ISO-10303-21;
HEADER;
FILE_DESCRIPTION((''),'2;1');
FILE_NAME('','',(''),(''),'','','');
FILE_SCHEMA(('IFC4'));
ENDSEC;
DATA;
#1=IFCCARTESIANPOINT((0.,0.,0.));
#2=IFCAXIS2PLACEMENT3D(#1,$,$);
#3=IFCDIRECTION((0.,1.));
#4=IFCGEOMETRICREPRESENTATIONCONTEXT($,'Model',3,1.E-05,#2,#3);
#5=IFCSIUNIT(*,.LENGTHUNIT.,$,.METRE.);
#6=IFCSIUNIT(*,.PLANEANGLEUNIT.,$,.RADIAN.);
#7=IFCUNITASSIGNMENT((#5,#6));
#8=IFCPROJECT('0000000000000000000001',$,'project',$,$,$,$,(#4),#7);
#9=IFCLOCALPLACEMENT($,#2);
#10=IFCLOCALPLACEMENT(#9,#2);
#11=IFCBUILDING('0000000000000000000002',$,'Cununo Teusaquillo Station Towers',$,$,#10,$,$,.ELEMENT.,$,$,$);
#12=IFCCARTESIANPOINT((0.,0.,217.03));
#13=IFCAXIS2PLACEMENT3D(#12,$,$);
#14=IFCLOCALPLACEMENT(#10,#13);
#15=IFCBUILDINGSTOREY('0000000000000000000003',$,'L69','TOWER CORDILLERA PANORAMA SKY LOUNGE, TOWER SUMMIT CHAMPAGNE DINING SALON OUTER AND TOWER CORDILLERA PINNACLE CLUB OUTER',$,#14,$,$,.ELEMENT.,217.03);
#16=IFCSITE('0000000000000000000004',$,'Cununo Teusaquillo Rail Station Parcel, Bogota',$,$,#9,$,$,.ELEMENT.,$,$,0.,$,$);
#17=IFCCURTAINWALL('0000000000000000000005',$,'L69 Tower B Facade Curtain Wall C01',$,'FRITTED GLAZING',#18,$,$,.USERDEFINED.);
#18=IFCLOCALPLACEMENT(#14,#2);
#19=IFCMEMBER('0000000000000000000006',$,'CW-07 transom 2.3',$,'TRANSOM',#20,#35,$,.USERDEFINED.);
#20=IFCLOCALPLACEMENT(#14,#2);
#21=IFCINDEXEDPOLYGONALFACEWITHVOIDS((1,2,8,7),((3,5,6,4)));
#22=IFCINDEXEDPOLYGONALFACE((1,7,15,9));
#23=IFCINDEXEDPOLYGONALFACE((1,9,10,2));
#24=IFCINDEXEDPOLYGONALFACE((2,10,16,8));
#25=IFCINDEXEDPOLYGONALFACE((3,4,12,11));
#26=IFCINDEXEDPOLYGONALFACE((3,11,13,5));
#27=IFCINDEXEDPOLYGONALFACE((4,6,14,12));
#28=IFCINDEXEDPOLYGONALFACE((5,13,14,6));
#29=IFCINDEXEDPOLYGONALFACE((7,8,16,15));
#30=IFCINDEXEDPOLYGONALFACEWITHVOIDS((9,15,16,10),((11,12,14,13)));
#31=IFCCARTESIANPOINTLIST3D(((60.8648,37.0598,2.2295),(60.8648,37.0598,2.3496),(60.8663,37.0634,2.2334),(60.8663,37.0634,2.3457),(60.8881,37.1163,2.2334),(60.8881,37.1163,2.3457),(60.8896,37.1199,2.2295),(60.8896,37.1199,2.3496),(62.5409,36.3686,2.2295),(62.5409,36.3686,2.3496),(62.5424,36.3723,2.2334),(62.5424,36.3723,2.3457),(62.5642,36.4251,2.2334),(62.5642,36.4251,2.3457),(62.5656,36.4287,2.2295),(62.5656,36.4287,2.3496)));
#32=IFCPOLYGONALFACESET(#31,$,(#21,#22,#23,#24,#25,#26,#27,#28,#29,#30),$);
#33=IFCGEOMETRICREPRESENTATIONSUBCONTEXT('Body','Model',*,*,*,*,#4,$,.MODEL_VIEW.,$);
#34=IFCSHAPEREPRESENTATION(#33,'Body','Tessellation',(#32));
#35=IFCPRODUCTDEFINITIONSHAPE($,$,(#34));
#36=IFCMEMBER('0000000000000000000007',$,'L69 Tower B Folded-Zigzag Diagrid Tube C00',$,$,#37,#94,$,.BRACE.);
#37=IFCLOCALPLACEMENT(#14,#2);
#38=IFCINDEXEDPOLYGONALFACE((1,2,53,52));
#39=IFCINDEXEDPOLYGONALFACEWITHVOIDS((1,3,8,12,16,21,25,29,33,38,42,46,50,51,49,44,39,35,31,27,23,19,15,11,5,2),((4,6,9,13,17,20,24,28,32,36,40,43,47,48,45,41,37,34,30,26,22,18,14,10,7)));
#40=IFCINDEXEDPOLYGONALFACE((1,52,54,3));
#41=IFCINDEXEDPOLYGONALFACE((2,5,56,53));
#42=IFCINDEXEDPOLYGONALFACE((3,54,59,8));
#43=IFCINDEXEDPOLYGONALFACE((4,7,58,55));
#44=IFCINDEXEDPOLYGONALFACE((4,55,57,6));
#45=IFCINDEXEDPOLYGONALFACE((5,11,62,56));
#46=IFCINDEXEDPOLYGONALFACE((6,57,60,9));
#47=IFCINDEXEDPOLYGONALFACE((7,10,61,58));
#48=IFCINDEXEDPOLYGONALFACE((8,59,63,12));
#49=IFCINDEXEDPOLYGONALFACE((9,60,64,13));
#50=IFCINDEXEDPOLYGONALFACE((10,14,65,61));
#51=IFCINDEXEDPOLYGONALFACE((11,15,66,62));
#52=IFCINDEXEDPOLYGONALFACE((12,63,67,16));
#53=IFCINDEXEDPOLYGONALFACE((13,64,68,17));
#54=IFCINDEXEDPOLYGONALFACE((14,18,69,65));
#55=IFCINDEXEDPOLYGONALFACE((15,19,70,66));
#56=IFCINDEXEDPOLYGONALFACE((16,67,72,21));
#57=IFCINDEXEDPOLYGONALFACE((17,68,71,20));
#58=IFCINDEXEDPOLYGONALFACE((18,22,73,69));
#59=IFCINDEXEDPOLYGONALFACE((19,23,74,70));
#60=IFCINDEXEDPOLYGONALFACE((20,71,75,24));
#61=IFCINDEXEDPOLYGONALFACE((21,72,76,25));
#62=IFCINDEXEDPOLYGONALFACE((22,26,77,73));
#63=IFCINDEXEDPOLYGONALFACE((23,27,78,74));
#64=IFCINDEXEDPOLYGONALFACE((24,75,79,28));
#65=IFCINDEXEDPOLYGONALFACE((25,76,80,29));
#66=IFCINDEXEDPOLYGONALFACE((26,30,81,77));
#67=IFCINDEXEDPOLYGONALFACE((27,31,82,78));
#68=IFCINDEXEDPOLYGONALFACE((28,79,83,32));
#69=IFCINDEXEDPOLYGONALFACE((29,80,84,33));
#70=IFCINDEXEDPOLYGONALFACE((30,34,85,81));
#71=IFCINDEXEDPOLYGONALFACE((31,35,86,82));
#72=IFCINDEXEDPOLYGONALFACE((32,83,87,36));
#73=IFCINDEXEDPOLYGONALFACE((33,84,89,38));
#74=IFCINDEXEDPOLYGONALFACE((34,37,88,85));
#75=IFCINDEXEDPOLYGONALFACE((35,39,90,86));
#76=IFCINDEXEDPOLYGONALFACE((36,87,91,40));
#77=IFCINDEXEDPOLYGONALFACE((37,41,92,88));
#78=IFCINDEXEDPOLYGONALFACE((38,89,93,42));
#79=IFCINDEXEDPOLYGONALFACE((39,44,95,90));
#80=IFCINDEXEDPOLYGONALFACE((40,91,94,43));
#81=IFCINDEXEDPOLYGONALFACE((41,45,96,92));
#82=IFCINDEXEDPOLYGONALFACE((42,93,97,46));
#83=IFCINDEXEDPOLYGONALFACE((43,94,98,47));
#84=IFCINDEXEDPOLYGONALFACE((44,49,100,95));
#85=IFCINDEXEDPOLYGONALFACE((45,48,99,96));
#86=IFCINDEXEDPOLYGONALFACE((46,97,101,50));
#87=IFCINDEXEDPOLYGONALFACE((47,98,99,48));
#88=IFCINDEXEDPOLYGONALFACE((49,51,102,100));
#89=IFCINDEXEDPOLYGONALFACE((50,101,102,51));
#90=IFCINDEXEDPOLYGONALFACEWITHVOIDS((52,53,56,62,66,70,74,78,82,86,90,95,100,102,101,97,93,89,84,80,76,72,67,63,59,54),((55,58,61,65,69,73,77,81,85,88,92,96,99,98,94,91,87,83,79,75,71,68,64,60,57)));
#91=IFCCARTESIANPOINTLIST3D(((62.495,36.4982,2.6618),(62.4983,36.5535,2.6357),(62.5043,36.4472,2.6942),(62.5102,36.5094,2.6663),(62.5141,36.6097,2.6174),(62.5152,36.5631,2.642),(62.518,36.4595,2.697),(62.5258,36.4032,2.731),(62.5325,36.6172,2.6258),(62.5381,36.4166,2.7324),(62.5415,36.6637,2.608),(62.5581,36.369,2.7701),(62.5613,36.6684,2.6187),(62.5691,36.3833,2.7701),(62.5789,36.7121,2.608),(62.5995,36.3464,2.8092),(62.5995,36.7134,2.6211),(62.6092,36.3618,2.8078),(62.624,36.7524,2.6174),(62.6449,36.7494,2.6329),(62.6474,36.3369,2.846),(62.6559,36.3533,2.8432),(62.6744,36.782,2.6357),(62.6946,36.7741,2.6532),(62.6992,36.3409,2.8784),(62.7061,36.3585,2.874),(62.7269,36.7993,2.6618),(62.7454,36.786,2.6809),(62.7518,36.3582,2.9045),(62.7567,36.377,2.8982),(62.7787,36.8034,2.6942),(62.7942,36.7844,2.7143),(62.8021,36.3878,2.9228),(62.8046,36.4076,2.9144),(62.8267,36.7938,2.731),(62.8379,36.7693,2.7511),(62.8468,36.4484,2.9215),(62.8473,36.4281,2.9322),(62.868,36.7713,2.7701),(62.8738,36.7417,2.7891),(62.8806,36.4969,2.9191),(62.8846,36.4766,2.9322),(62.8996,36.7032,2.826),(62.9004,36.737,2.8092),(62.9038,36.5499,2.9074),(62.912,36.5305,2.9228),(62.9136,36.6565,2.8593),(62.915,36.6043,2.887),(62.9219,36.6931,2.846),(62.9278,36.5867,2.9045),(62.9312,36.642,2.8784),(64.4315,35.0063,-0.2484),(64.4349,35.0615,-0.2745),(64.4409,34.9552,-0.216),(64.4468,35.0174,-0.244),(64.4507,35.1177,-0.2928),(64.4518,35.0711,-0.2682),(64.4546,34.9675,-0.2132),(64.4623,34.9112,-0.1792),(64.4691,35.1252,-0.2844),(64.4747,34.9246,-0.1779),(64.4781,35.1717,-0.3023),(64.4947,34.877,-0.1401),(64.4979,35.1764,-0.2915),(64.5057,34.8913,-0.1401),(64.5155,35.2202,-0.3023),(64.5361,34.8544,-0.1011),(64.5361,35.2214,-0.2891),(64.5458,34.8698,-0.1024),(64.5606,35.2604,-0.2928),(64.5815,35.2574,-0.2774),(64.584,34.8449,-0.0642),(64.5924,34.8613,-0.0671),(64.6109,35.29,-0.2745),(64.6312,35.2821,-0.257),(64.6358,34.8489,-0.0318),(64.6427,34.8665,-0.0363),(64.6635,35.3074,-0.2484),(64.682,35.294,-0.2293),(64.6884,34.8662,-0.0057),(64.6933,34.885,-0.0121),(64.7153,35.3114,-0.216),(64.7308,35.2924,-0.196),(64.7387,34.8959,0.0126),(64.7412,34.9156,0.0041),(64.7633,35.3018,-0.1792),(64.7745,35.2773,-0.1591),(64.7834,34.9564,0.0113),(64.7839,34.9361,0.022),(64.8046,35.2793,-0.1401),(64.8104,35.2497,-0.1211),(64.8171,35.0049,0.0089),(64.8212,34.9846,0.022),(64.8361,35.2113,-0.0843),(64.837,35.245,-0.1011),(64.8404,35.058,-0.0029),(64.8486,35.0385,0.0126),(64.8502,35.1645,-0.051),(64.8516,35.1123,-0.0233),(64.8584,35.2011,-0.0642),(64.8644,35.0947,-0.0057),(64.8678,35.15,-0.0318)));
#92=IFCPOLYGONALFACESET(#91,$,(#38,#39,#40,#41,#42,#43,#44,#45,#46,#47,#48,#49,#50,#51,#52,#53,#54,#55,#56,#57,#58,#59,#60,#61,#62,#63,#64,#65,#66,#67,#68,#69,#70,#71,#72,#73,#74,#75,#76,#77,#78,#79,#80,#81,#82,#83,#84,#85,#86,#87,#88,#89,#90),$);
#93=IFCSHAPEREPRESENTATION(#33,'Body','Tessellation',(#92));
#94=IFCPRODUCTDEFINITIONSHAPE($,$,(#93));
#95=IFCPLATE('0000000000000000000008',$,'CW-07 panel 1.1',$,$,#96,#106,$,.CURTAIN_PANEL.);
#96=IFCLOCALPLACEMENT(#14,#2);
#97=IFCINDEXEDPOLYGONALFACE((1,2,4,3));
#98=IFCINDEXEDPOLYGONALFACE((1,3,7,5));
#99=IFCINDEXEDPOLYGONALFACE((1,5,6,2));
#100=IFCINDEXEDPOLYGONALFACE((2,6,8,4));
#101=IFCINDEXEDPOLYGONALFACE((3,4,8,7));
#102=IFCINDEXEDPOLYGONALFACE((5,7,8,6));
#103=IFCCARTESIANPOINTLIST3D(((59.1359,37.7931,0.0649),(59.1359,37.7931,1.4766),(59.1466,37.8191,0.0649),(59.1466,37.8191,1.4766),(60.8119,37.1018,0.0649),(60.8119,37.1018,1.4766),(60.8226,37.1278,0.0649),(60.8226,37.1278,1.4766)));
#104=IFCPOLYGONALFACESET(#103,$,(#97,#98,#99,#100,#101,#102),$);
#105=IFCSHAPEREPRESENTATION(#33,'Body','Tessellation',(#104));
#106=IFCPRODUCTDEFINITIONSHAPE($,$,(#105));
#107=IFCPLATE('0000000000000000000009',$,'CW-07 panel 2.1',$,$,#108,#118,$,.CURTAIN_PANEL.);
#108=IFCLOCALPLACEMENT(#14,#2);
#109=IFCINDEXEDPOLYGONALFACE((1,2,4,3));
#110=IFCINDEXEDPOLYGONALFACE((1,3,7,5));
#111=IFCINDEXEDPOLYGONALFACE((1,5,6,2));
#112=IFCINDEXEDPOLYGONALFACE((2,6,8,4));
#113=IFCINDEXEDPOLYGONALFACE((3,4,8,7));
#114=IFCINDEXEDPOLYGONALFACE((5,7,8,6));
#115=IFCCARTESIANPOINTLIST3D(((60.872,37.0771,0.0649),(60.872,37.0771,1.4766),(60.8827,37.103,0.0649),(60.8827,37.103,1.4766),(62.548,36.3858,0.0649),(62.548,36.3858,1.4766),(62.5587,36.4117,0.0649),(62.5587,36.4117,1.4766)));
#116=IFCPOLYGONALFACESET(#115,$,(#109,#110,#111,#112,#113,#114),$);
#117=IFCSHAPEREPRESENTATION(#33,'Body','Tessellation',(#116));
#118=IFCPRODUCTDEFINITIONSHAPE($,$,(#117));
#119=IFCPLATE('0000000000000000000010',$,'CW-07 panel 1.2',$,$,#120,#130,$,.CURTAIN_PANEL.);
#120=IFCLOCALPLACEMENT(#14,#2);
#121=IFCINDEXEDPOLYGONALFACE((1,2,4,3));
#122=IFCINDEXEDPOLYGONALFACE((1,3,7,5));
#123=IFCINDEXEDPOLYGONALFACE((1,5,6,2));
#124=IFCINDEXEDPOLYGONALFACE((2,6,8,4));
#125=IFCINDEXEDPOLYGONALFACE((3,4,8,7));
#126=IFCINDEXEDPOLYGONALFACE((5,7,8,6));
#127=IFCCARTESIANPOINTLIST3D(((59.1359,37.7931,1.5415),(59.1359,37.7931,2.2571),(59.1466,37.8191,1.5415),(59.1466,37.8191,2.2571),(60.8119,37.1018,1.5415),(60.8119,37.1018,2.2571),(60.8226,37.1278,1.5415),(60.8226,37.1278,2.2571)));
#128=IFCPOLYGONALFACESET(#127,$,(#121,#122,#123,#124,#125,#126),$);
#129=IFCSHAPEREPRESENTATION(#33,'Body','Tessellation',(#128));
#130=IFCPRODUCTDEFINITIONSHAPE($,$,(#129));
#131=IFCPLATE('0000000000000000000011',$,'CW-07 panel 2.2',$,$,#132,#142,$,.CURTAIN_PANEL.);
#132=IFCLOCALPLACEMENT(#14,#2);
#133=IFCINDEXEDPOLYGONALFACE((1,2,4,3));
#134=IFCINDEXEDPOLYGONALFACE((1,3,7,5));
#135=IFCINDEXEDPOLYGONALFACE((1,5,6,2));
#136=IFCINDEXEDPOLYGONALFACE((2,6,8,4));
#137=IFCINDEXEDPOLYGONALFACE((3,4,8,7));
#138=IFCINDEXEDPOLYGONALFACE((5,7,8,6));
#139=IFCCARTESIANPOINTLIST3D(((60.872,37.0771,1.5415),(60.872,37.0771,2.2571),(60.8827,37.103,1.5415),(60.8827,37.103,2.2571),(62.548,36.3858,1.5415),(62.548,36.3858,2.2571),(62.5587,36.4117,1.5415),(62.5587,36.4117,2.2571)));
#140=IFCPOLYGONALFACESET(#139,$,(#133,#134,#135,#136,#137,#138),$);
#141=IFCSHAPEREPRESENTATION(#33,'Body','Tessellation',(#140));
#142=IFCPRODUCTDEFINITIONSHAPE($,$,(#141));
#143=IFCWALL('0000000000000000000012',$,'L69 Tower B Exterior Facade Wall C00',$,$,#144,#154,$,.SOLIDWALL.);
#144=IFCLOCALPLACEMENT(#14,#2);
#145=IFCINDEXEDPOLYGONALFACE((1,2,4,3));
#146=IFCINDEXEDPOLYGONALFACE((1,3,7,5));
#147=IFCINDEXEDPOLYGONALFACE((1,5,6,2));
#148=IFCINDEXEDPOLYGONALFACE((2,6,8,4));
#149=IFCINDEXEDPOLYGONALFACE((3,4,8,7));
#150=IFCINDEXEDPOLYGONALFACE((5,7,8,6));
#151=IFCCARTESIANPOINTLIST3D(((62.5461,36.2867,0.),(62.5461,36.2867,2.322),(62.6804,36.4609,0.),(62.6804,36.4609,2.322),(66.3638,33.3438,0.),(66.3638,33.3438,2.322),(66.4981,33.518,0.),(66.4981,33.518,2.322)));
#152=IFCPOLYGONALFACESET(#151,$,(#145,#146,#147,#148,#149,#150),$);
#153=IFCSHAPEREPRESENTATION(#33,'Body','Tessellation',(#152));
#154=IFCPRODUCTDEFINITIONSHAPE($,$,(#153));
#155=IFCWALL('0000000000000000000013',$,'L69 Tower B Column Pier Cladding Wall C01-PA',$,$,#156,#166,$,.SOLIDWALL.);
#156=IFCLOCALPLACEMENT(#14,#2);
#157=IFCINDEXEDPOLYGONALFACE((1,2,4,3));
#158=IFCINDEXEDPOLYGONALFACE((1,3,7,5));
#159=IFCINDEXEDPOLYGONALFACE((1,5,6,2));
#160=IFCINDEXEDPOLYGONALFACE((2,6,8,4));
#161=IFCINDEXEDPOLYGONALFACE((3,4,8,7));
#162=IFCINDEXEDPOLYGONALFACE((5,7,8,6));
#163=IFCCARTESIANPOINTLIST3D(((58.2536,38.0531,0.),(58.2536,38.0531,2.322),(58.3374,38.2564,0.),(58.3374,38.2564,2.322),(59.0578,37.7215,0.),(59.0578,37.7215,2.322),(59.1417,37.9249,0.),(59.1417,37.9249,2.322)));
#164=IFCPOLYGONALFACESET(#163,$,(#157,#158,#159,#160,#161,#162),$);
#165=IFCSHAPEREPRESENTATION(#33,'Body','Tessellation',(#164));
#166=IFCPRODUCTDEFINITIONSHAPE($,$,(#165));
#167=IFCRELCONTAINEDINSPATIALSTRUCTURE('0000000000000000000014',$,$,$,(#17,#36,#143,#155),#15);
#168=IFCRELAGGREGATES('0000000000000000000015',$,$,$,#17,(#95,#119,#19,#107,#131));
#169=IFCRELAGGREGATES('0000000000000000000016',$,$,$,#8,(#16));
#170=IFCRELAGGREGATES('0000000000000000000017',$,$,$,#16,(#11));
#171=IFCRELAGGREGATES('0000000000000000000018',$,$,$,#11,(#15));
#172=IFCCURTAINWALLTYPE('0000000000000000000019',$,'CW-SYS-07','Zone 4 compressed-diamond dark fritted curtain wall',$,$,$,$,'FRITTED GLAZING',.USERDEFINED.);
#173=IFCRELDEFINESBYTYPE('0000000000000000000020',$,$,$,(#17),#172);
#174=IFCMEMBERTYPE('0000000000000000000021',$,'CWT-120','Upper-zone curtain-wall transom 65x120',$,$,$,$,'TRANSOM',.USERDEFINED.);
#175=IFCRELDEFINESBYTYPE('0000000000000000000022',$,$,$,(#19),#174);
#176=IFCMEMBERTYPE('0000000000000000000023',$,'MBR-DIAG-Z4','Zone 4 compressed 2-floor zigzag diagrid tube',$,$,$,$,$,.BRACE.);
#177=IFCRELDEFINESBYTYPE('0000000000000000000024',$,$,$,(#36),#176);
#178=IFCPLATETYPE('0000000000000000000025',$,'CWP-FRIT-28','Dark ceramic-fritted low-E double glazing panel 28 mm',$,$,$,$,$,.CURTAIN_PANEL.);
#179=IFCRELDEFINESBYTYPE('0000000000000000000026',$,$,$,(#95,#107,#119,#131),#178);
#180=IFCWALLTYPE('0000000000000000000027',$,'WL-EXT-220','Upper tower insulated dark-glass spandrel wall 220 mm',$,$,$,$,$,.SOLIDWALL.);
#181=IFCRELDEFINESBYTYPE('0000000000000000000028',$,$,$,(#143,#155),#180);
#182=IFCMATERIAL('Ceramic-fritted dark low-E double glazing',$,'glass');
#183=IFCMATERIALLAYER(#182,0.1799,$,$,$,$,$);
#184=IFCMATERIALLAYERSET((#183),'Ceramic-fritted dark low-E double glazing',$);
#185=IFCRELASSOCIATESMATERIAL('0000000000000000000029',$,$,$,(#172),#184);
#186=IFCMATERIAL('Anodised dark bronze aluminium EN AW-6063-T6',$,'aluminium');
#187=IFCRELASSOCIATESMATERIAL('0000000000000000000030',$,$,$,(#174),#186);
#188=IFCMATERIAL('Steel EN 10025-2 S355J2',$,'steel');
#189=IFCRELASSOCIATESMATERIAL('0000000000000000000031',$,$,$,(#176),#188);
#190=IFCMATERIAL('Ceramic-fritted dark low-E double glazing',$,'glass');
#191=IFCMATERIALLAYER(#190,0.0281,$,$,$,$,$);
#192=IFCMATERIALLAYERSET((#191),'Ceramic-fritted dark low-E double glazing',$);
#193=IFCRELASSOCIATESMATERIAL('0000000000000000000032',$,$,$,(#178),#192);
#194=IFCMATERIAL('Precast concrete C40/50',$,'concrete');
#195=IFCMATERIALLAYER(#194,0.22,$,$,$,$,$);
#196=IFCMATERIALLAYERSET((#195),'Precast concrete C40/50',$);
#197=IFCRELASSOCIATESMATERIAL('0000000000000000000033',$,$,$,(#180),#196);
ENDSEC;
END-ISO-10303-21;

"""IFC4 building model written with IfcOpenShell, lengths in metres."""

from ifc_helpers import new_model, si_unit, direction, frame, frame_2d, origin, origin_2d, place, context, subcontext, project, spatial, rectangle, hollow_rectangle, hollow_circle, extrude, source, transform, mapped, material, layer, layer_set, material_profile, profile_set, type_object, element, aggregate, save


model = new_model("IFC4")

# Units and contexts
model_context = context("Model", 3, precision=1e-05, world=origin(), true_north=direction((0.0, 1.0)))
body_context = subcontext(model_context, "Body", "Model", "MODEL_VIEW")
ifc_project = project(units=[si_unit("LENGTHUNIT", "METRE"), si_unit("PLANEANGLEUNIT", "RADIAN")], contexts=[model_context])

# Site, building, storey
site_placement = place(None, origin())
site = spatial("IfcSite", under=ifc_project, at=site_placement, Name="Cununo Teusaquillo Rail Station Parcel, Bogota", CompositionType="ELEMENT", RefElevation=0.0)
building_placement = place(site_placement, origin())
building = spatial("IfcBuilding", under=site, at=building_placement, Name="Cununo Teusaquillo Station Towers", CompositionType="ELEMENT")
storey_placement = place(building_placement, frame((0.0, 0.0, 217.03)))
storey = spatial("IfcBuildingStorey", under=building, at=storey_placement, Name="L69", Description="TOWER CORDILLERA PANORAMA SKY LOUNGE, TOWER SUMMIT CHAMPAGNE DINING SALON OUTER AND TOWER CORDILLERA PINNACLE CLUB OUTER", CompositionType="ELEMENT", Elevation=217.03)

# Curtain wall, member
ifc_material_1 = material(Name="Ceramic-fritted dark low-E double glazing", Category="glass")
ifc_layer_1 = layer(ifc_material_1, 0.1799)
ifc_layer_set_1 = layer_set([ifc_layer_1], Name="Ceramic-fritted dark low-E double glazing")
curtain_wall_type = type_object("IfcCurtainWallType", Name="CW-SYS-07", Description="Zone 4 compressed-diamond dark fritted curtain wall", ElementType="FRITTED GLAZING", PredefinedType="USERDEFINED", material=ifc_layer_set_1)
curtain_wall_placement = place(storey_placement, origin())
curtain_wall = element("IfcCurtainWall", 1, at=curtain_wall_placement, inside=storey, type_object=curtain_wall_type, Name="L69 Tower B Facade Curtain Wall C01", ObjectType="FRITTED GLAZING", PredefinedType="USERDEFINED")
ifc_material_2 = material(Name="Anodised dark bronze aluminium EN AW-6063-T6", Category="aluminium")
ifc_material_profile_1 = material_profile(ifc_material_2, hollow_rectangle(XDim=0.0649, YDim=0.1201, WallThickness=0.0039, at=origin_2d()), Name="CW-TRAN-65x120")
ifc_profile_set_1 = profile_set([ifc_material_profile_1], Name="Anodised dark bronze aluminium EN AW-6063-T6")
member_type_1 = type_object("IfcMemberType", Name="CWT-120", Description="Upper-zone curtain-wall transom 65x120", ElementType="TRANSOM", PredefinedType="USERDEFINED", material=ifc_profile_set_1)
member_1_placement = place(storey_placement, frame((60.8772, 37.0898, 2.2896), z_axis=(0.924477, -0.381237, 0.0), x_axis=(0.381237, 0.924477, 0.0)))
member_1 = element("IfcMember", 2, at=member_1_placement, type_object=member_type_1, Name="CW-07 transom 2.3", ObjectType="TRANSOM", PredefinedType="USERDEFINED", context=body_context, shape_type="SweptSolid", body=[
    extrude(hollow_rectangle(XDim=0.0649, YDim=0.1201, WallThickness=0.0039, at=origin_2d()), origin(), (0.0, 0.0, 1.0), 1.813),
])

# Member
ifc_material_3 = material(Name="Steel EN 10025-2 S355J2", Category="steel")
ifc_material_profile_2 = material_profile(ifc_material_3, hollow_circle(Radius=0.2539, WallThickness=0.0181, at=origin_2d()), Name="CHS 508x18")
ifc_profile_set_2 = profile_set([ifc_material_profile_2], Name="Steel EN 10025-2 S355J2")
member_type_2 = type_object("IfcMemberType", Name="MBR-DIAG-Z4", Description="Zone 4 compressed 2-floor zigzag diagrid tube", PredefinedType="BRACE", material=ifc_profile_set_2)
member_2_placement = place(storey_placement, frame((64.6497, 35.0781, -0.1401), z_axis=(-0.509523, 0.392548, 0.765697), x_axis=(-0.610304, -0.792167, 0.0)))
element("IfcMember", 3, at=member_2_placement, inside=storey, type_object=member_type_2, Name="L69 Tower B Folded-Zigzag Diagrid Tube C00", PredefinedType="BRACE", context=body_context, shape_type="SweptSolid", body=[
    extrude(hollow_circle(Radius=0.2539, WallThickness=0.0181, at=origin_2d()), origin(), (0.0, 0.0, 1.0), 3.8008),
])

# Plates
ifc_material_4 = material(Name="Ceramic-fritted dark low-E double glazing", Category="glass")
ifc_layer_2 = layer(ifc_material_4, 0.0281)
ifc_layer_set_2 = layer_set([ifc_layer_2], Name="Ceramic-fritted dark low-E double glazing")
plate_type = type_object("IfcPlateType", Name="CWP-FRIT-28", Description="Dark ceramic-fritted low-E double glazing panel 28 mm", PredefinedType="CURTAIN_PANEL", material=ifc_layer_set_2)
shared_shape_1 = source(origin(), body_context, "Body", "SweptSolid", [
    extrude(rectangle(XDim=1.813, YDim=0.0281, at=origin_2d()), origin(), (0.0, 0.0, 1.0), 1.4116),
])
plate_1_placement = place(storey_placement, frame((59.9792, 37.4604, 0.0649), z_axis=(0.0, 0.0, 1.0), x_axis=(0.924447, -0.381311, 0.0)))
plate_1 = element("IfcPlate", 4, at=plate_1_placement, type_object=plate_type, Name="CW-07 panel 1.1", PredefinedType="CURTAIN_PANEL", context=body_context, shape_type="MappedRepresentation", body=[
    mapped(shared_shape_1, transform((0.0, 0.0, 0.0), x_axis=(1.0, 0.0, 0.0), y_axis=(0.0, 1.0, 0.0), z_axis=(0.0, 0.0, 1.0), scale=1.0)),
])
plate_2_placement = place(storey_placement, frame((61.7153, 36.7444, 0.0649), z_axis=(0.0, 0.0, 1.0), x_axis=(0.924447, -0.381311, 0.0)))
plate_2 = element("IfcPlate", 5, at=plate_2_placement, type_object=plate_type, Name="CW-07 panel 2.1", PredefinedType="CURTAIN_PANEL", context=body_context, shape_type="MappedRepresentation", body=[
    mapped(shared_shape_1, transform((0.0, 0.0, 0.0), x_axis=(1.0, 0.0, 0.0), y_axis=(0.0, 1.0, 0.0), z_axis=(0.0, 0.0, 1.0), scale=1.0)),
])
shared_shape_2 = source(origin(), body_context, "Body", "SweptSolid", [
    extrude(rectangle(XDim=1.813, YDim=0.0281, at=origin_2d()), origin(), (0.0, 0.0, 1.0), 0.7156),
])
plate_3_placement = place(storey_placement, frame((59.9792, 37.4604, 1.5415), z_axis=(0.0, 0.0, 1.0), x_axis=(0.924447, -0.381311, 0.0)))
plate_3 = element("IfcPlate", 6, at=plate_3_placement, type_object=plate_type, Name="CW-07 panel 1.2", PredefinedType="CURTAIN_PANEL", context=body_context, shape_type="MappedRepresentation", body=[
    mapped(shared_shape_2, transform((0.0, 0.0, 0.0), x_axis=(1.0, 0.0, 0.0), y_axis=(0.0, 1.0, 0.0), z_axis=(0.0, 0.0, 1.0), scale=1.0)),
])
plate_4_placement = place(storey_placement, frame((61.7153, 36.7444, 1.5415), z_axis=(0.0, 0.0, 1.0), x_axis=(0.924447, -0.381311, 0.0)))
plate_4 = element("IfcPlate", 7, at=plate_4_placement, type_object=plate_type, Name="CW-07 panel 2.2", PredefinedType="CURTAIN_PANEL", context=body_context, shape_type="MappedRepresentation", body=[
    mapped(shared_shape_2, transform((0.0, 0.0, 0.0), x_axis=(1.0, 0.0, 0.0), y_axis=(0.0, 1.0, 0.0), z_axis=(0.0, 0.0, 1.0), scale=1.0)),
])
aggregate(curtain_wall, [plate_1, plate_3, member_1, plate_2, plate_4])

# Walls
ifc_material_5 = material(Name="Precast concrete C40/50", Category="concrete")
ifc_layer_3 = layer(ifc_material_5, 0.22)
ifc_layer_set_3 = layer_set([ifc_layer_3], Name="Precast concrete C40/50")
wall_type_1 = type_object("IfcWallType", Name="WL-EXT-220", Description="Upper tower insulated dark-glass spandrel wall 220 mm", PredefinedType="SOLIDWALL", material=ifc_layer_set_3)
wall_1_placement = place(storey_placement, frame((62.6133, 36.3738, 0.0), z_axis=(0.0, 0.0, 1.0), x_axis=(0.791998, -0.610523, 0.0)))
element("IfcWall", 8, at=wall_1_placement, inside=storey, type_object=wall_type_1, Name="L69 Tower B Exterior Facade Wall C00", PredefinedType="SOLIDWALL", context=body_context, shape_type="SweptSolid", body=[
    extrude(rectangle(XDim=4.8203, YDim=0.22, at=frame_2d((2.4102, 0.0))), origin(), (0.0, 0.0, 1.0), 2.322),
])
wall_2_placement = place(storey_placement, frame((58.2954, 38.1548, 0.0), z_axis=(0.0, 0.0, 1.0), x_axis=(0.924515, -0.381145, 0.0)))
element("IfcWall", 9, at=wall_2_placement, inside=storey, type_object=wall_type_1, Name="L69 Tower B Column Pier Cladding Wall C01-PA", PredefinedType="SOLIDWALL", context=body_context, shape_type="SweptSolid", body=[
    extrude(rectangle(XDim=0.8699, YDim=0.22, at=frame_2d((0.4351, 0.0))), origin(), (0.0, 0.0, 1.0), 2.322),
])

save(model, "model.ifc")
